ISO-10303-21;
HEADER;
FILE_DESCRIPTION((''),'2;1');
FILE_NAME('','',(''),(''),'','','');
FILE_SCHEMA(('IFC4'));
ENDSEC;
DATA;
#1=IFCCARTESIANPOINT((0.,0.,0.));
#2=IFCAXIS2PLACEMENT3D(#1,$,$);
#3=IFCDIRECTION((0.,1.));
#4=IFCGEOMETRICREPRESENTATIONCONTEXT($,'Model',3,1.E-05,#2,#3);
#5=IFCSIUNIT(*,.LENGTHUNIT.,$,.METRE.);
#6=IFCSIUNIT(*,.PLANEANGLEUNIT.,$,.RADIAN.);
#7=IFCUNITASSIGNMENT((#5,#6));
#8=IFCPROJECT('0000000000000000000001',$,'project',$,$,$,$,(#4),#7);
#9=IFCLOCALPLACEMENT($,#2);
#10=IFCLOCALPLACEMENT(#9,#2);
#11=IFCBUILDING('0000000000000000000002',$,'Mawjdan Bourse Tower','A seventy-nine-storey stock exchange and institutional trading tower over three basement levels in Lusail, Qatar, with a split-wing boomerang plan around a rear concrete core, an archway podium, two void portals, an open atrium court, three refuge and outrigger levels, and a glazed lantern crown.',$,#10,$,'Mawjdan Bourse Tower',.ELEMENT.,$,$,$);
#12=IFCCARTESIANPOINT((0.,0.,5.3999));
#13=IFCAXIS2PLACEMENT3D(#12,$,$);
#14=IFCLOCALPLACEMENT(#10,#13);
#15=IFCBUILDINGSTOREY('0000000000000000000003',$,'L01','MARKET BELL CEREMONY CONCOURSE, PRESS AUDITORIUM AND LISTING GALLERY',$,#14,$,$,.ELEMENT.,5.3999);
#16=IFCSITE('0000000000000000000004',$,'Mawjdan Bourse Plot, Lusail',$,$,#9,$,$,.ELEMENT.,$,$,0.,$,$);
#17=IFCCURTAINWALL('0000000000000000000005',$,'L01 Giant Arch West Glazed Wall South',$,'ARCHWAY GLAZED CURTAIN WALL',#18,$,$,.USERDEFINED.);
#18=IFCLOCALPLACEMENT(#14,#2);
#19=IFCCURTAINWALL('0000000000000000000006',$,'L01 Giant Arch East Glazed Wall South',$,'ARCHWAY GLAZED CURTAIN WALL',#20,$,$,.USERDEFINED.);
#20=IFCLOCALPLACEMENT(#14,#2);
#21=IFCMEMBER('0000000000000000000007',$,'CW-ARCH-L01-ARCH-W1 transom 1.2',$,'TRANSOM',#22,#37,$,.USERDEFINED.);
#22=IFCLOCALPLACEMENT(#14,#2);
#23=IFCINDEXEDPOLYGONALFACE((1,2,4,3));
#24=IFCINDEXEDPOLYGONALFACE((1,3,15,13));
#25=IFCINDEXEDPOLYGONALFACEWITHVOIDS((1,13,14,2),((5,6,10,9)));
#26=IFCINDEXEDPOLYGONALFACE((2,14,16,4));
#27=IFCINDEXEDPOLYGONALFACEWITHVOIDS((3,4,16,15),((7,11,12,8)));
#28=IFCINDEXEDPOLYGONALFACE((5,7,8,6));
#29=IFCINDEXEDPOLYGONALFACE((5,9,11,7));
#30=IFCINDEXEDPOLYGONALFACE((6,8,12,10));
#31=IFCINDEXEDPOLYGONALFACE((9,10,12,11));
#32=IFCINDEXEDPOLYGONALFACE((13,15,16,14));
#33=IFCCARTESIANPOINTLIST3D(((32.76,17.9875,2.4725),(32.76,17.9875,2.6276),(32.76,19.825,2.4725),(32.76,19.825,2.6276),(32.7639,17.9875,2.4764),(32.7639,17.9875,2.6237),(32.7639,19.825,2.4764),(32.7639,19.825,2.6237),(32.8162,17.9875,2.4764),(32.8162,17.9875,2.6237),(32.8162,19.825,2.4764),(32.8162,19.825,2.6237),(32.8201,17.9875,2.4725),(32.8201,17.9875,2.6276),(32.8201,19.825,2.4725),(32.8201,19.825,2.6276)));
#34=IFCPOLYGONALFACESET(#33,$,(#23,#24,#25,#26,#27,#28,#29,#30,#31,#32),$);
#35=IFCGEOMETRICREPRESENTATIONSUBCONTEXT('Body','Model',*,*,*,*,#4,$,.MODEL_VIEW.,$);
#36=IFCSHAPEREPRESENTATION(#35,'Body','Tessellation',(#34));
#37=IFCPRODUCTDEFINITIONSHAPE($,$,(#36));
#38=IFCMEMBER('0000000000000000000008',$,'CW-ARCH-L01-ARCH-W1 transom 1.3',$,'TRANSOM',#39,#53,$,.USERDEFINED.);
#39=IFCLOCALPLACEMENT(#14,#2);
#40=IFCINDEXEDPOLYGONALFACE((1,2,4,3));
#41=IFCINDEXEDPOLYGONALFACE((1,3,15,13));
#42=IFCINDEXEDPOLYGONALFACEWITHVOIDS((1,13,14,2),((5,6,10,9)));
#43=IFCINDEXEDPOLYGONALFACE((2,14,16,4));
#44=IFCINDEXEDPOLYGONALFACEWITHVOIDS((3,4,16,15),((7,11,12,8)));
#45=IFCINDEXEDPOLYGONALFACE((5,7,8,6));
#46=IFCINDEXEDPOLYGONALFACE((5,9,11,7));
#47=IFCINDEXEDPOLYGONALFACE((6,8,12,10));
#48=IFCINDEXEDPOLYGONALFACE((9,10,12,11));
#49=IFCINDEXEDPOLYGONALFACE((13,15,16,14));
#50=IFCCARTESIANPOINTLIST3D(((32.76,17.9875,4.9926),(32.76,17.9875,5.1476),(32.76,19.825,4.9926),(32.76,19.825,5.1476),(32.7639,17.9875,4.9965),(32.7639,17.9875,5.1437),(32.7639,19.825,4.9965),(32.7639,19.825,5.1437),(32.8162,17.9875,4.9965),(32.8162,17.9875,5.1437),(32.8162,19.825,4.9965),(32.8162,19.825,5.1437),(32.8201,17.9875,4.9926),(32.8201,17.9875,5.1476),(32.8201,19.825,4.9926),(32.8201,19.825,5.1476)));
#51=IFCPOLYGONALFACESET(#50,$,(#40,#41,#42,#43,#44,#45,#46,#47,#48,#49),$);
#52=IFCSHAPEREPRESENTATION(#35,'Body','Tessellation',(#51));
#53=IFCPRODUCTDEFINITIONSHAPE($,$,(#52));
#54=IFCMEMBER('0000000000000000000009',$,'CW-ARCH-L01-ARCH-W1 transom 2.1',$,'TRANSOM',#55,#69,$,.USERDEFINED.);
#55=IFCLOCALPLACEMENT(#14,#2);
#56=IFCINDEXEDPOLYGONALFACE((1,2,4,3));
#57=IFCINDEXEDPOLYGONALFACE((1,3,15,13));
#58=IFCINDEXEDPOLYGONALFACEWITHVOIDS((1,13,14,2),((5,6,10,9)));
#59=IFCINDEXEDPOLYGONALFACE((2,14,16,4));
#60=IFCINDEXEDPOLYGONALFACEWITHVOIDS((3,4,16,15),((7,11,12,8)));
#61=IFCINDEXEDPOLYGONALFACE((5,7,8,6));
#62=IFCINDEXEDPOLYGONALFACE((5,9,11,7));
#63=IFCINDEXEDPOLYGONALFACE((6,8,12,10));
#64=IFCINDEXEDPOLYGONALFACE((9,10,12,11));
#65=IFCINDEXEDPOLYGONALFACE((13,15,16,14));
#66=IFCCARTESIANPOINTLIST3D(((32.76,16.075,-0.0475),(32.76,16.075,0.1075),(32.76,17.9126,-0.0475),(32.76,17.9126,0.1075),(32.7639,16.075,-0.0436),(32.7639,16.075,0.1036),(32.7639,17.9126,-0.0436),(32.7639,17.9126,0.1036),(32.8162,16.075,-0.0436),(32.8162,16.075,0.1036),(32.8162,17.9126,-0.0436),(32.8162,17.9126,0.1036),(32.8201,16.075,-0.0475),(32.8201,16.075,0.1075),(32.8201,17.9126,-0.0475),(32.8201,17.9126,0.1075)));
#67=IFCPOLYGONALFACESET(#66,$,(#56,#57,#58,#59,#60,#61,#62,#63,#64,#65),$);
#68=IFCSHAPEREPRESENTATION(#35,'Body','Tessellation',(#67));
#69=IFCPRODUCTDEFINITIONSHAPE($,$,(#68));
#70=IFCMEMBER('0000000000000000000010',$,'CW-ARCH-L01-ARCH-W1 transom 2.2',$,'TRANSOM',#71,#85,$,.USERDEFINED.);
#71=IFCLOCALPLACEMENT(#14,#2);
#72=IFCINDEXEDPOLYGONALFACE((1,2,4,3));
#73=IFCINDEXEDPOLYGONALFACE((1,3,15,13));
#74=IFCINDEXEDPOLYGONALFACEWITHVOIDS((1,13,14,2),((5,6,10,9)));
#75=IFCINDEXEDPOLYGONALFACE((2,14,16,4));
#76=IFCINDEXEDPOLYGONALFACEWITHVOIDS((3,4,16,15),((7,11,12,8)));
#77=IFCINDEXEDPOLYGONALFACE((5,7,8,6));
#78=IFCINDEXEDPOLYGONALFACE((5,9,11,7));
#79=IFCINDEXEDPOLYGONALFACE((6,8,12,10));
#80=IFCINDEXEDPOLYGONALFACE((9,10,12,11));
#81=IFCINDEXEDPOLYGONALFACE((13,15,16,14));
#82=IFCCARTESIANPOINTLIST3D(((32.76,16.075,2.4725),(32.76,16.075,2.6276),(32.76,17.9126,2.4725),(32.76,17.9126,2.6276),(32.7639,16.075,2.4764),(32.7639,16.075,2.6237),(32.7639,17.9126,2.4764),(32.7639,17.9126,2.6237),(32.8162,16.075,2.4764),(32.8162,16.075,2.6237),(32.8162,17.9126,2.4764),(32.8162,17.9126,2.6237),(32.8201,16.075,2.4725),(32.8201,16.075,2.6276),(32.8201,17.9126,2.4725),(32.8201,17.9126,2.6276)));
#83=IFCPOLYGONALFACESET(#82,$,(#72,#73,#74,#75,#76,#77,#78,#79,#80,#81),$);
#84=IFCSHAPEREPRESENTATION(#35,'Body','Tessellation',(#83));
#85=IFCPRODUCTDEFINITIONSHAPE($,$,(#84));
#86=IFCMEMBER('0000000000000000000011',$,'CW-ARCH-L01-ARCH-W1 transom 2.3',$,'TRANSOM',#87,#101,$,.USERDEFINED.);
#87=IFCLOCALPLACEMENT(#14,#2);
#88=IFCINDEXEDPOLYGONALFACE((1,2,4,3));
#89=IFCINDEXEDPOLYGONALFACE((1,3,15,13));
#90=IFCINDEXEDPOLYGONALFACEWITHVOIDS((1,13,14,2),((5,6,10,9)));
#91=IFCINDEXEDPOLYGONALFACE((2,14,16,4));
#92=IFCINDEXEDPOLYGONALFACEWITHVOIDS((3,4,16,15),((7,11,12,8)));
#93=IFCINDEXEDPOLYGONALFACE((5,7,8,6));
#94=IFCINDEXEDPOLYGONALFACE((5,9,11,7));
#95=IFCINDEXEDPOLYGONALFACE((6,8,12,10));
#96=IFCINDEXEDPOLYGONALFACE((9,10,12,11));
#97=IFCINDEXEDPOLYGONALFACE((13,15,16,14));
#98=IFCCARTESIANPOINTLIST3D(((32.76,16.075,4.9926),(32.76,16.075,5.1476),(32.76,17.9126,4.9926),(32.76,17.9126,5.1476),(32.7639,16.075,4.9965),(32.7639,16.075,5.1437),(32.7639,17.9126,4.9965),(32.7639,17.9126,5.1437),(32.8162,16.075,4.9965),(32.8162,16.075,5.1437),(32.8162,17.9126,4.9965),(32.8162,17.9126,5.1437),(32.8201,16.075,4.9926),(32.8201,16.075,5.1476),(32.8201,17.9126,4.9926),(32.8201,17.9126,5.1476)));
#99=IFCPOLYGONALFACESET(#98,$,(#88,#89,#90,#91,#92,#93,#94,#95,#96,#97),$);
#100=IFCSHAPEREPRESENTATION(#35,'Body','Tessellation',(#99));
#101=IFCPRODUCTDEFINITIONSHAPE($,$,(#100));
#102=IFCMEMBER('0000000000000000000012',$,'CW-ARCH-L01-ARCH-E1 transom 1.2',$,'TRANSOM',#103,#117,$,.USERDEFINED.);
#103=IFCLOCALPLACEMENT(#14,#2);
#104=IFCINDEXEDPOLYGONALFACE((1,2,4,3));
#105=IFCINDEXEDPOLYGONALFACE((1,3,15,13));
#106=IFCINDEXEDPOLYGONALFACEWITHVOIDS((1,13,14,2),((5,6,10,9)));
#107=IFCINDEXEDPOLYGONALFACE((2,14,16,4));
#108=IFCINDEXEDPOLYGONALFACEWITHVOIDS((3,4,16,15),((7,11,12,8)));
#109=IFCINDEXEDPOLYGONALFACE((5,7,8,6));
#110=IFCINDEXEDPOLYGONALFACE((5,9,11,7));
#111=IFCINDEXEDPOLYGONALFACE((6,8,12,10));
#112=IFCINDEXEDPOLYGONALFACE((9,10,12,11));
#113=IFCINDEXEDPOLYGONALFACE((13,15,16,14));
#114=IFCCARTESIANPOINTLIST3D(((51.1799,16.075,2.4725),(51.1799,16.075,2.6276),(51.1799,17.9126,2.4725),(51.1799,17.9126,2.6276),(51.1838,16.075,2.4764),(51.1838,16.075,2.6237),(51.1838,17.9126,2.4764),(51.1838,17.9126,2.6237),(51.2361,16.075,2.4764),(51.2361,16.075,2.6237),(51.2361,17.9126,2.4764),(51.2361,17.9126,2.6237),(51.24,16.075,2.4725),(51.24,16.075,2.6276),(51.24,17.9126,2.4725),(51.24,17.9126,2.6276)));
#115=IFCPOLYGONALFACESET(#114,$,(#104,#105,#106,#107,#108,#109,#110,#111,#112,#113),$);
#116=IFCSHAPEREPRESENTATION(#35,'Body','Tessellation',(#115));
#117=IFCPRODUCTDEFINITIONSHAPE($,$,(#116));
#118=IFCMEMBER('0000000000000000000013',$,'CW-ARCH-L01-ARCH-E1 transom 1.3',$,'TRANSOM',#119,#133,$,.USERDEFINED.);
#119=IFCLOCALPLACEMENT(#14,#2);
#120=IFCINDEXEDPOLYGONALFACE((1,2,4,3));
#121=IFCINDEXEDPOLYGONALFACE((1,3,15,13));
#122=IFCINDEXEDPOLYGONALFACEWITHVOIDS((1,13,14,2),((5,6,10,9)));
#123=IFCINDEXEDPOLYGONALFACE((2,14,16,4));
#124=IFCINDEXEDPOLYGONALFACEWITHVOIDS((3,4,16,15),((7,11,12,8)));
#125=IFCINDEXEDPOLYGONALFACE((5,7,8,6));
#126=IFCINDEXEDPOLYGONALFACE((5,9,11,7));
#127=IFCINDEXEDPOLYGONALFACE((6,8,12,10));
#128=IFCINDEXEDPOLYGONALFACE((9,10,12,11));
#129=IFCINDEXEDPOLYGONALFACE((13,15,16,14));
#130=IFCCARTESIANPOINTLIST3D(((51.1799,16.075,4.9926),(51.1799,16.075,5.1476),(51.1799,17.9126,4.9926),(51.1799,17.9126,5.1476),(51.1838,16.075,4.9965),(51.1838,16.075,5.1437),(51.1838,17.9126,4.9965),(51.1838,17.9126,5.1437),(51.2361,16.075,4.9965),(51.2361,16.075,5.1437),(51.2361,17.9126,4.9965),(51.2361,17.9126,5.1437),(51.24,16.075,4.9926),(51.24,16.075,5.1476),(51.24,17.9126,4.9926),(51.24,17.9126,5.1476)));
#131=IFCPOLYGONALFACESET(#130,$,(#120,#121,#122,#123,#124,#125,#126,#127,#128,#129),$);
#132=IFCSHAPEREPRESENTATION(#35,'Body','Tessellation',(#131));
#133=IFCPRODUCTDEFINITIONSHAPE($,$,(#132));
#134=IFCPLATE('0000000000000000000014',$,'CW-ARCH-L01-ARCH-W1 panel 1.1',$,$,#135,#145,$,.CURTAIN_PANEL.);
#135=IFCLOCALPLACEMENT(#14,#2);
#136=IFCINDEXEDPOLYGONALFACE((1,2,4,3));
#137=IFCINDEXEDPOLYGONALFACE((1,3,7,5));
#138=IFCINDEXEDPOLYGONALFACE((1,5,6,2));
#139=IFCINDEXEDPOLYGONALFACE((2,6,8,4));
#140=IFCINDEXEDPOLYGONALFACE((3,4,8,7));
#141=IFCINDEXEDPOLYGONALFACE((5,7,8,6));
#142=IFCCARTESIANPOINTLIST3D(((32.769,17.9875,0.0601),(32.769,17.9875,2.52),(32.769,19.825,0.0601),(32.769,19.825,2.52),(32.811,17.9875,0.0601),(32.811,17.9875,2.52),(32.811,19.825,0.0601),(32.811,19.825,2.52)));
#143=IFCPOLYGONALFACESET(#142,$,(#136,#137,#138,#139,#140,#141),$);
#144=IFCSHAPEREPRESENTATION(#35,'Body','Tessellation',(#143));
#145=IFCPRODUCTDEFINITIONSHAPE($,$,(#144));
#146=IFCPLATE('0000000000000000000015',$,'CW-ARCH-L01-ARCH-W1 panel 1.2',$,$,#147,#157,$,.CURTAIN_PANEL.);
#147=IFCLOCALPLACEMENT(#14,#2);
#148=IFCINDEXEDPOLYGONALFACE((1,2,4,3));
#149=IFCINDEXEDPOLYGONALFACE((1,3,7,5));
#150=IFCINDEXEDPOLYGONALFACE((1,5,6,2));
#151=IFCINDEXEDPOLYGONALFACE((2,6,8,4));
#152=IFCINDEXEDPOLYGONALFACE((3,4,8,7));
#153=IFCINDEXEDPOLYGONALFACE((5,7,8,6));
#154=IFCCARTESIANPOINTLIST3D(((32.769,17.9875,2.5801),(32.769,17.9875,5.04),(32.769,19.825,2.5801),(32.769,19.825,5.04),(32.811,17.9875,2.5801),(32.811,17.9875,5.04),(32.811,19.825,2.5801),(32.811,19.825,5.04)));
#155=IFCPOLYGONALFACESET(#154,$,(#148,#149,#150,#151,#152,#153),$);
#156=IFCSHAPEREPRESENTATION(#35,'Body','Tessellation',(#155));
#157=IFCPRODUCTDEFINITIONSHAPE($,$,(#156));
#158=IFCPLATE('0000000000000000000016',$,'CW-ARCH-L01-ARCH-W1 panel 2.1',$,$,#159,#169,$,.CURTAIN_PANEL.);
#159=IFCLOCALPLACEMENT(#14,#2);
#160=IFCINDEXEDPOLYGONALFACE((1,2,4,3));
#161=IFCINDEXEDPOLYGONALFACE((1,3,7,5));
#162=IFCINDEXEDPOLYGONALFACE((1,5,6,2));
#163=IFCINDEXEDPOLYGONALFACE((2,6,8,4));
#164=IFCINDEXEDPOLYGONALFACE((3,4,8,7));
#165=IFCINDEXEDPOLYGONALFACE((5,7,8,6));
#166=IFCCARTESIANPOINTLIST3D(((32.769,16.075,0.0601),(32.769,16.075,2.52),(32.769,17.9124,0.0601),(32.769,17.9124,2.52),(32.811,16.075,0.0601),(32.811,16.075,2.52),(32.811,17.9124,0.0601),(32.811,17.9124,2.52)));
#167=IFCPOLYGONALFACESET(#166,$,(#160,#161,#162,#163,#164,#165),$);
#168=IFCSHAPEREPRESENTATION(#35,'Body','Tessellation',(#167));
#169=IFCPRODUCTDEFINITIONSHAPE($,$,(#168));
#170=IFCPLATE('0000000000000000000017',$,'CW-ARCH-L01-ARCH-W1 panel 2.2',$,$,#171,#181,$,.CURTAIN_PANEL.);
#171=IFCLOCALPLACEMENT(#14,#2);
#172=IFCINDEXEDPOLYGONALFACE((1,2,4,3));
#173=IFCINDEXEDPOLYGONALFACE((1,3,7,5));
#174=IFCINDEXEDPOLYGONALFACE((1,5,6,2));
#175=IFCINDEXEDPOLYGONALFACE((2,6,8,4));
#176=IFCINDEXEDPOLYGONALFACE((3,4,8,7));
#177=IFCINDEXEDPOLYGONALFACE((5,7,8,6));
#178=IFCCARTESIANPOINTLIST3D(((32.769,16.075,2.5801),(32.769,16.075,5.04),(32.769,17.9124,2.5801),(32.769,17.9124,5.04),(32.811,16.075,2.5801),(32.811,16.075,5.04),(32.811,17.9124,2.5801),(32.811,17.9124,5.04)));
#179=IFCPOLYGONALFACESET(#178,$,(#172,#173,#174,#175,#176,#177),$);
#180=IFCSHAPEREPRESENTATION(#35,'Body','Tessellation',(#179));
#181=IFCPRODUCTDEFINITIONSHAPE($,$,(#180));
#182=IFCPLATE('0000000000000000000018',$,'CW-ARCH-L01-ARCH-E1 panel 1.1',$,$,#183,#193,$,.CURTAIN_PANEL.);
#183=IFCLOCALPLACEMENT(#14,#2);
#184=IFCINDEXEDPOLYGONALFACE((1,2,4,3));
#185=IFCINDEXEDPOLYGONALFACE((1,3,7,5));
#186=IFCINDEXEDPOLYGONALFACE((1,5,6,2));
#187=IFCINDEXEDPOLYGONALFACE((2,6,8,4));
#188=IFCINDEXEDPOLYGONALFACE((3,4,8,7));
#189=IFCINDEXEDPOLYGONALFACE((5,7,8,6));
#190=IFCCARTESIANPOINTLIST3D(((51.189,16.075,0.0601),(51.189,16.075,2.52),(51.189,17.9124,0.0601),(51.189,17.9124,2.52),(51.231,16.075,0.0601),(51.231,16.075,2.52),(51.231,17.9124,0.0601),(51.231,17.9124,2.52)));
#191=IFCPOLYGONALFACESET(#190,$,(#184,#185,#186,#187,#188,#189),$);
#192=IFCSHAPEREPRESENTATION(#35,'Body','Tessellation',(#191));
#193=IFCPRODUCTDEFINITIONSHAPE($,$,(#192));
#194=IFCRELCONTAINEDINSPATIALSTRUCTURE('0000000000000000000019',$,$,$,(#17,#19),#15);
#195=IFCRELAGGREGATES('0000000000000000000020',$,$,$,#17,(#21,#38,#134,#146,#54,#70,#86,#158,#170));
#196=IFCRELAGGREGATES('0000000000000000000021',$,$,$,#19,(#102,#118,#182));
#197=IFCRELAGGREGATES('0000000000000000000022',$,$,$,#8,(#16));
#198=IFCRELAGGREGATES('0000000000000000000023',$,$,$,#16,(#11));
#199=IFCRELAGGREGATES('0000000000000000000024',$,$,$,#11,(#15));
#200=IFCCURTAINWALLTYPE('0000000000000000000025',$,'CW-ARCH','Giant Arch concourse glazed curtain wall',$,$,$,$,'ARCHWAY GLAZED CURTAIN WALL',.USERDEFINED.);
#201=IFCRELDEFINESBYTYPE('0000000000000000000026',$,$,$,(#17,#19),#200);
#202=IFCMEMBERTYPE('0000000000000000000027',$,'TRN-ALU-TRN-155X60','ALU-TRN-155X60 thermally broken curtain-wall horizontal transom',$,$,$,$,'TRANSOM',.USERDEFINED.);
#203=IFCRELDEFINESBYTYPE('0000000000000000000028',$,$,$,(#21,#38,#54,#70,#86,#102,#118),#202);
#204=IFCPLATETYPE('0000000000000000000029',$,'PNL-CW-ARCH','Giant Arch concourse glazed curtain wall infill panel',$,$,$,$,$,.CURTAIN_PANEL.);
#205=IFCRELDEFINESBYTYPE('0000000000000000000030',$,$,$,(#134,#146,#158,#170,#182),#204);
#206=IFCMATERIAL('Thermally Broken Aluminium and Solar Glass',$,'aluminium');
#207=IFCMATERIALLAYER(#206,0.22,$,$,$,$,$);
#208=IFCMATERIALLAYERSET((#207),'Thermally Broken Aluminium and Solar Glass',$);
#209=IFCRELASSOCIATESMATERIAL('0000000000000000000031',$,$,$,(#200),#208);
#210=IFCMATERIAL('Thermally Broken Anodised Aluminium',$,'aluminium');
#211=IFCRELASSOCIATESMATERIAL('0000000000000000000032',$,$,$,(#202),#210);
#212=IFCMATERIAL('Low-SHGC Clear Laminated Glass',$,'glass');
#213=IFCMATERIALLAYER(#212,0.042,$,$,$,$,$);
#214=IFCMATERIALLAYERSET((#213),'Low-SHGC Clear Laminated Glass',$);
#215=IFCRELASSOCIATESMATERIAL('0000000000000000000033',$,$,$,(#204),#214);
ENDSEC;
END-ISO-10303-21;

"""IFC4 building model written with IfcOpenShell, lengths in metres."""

from ifc_helpers import new_model, si_unit, direction, frame, origin, origin_2d, place, context, subcontext, project, spatial, rectangle, hollow_rectangle, extrude, material, layer, layer_set, material_profile, profile_set, type_object, element, aggregate, save


model = new_model("IFC4")

# Units and contexts
model_context = context("Model", 3, precision=1e-05, world=origin(), true_north=direction((0.0, 1.0)))
body_context = subcontext(model_context, "Body", "Model", "MODEL_VIEW")
ifc_project = project(units=[si_unit("LENGTHUNIT", "METRE"), si_unit("PLANEANGLEUNIT", "RADIAN")], contexts=[model_context])

# Site, building, storey
site_placement = place(None, origin())
site = spatial("IfcSite", under=ifc_project, at=site_placement, Name="Mawjdan Bourse Plot, Lusail", CompositionType="ELEMENT", RefElevation=0.0)
building_placement = place(site_placement, origin())
building = spatial("IfcBuilding", under=site, at=building_placement, Name="Mawjdan Bourse Tower", Description="A seventy-nine-storey stock exchange and institutional trading tower over three basement levels in Lusail, Qatar, with a split-wing boomerang plan around a rear concrete core, an archway podium, two void portals, an open atrium court, three refuge and outrigger levels, and a glazed lantern crown.", LongName="Mawjdan Bourse Tower", CompositionType="ELEMENT")
storey_placement = place(building_placement, frame((0.0, 0.0, 5.3999)))
storey = spatial("IfcBuildingStorey", under=building, at=storey_placement, Name="L01", Description="MARKET BELL CEREMONY CONCOURSE, PRESS AUDITORIUM AND LISTING GALLERY", CompositionType="ELEMENT", Elevation=5.3999)

# Curtain wall
ifc_material_1 = material(Name="Thermally Broken Aluminium and Solar Glass", Category="aluminium")
ifc_layer_1 = layer(ifc_material_1, 0.22)
ifc_layer_set_1 = layer_set([ifc_layer_1], Name="Thermally Broken Aluminium and Solar Glass")
curtain_wall_type = type_object("IfcCurtainWallType", Name="CW-ARCH", Description="Giant Arch concourse glazed curtain wall", ElementType="ARCHWAY GLAZED CURTAIN WALL", PredefinedType="USERDEFINED", material=ifc_layer_set_1)
curtain_wall_1_placement = place(storey_placement, origin())
curtain_wall_1 = element("IfcCurtainWall", 1, at=curtain_wall_1_placement, inside=storey, type_object=curtain_wall_type, Name="L01 Giant Arch West Glazed Wall South", ObjectType="ARCHWAY GLAZED CURTAIN WALL", PredefinedType="USERDEFINED")
ifc_material_2 = material(Name="Thermally Broken Anodised Aluminium", Category="aluminium")

# Curtain wall
curtain_wall_2_placement = place(storey_placement, origin())
curtain_wall_2 = element("IfcCurtainWall", 2, at=curtain_wall_2_placement, inside=storey, type_object=curtain_wall_type, Name="L01 Giant Arch East Glazed Wall South", ObjectType="ARCHWAY GLAZED CURTAIN WALL", PredefinedType="USERDEFINED")

# Members
ifc_material_profile_1 = material_profile(ifc_material_2, hollow_rectangle(XDim=0.0601, YDim=0.155, WallThickness=0.0039, at=origin_2d()), Name="ALU-TRN-155X60")
ifc_profile_set_1 = profile_set([ifc_material_profile_1], Name="Thermally Broken Anodised Aluminium")
member_type_1 = type_object("IfcMemberType", Name="TRN-ALU-TRN-155X60", Description="ALU-TRN-155X60 thermally broken curtain-wall horizontal transom", ElementType="TRANSOM", PredefinedType="USERDEFINED", material=ifc_profile_set_1)
member_1_placement = place(storey_placement, frame((32.79, 19.825, 2.55), z_axis=(0.0, -1.0, 0.0), x_axis=(1.0, 0.0, 0.0)))
member_1 = element("IfcMember", 3, at=member_1_placement, type_object=member_type_1, Name="CW-ARCH-L01-ARCH-W1 transom 1.2", ObjectType="TRANSOM", PredefinedType="USERDEFINED", context=body_context, shape_type="SweptSolid", body=[
    extrude(hollow_rectangle(XDim=0.0601, YDim=0.155, WallThickness=0.0039, at=origin_2d()), origin(), (0.0, 0.0, 1.0), 1.8374),
])
member_2_placement = place(storey_placement, frame((32.79, 19.825, 5.0701), z_axis=(0.0, -1.0, 0.0), x_axis=(1.0, 0.0, 0.0)))
member_2 = element("IfcMember", 4, at=member_2_placement, type_object=member_type_1, Name="CW-ARCH-L01-ARCH-W1 transom 1.3", ObjectType="TRANSOM", PredefinedType="USERDEFINED", context=body_context, shape_type="SweptSolid", body=[
    extrude(hollow_rectangle(XDim=0.0601, YDim=0.155, WallThickness=0.0039, at=origin_2d()), origin(), (0.0, 0.0, 1.0), 1.8374),
])
member_3_placement = place(storey_placement, frame((32.79, 17.9126, 0.03), z_axis=(0.0, -1.0, 0.0), x_axis=(1.0, 0.0, 0.0)))
member_3 = element("IfcMember", 5, at=member_3_placement, type_object=member_type_1, Name="CW-ARCH-L01-ARCH-W1 transom 2.1", ObjectType="TRANSOM", PredefinedType="USERDEFINED", context=body_context, shape_type="SweptSolid", body=[
    extrude(hollow_rectangle(XDim=0.0601, YDim=0.155, WallThickness=0.0039, at=origin_2d()), origin(), (0.0, 0.0, 1.0), 1.8376),
])
member_4_placement = place(storey_placement, frame((32.79, 17.9126, 2.55), z_axis=(0.0, -1.0, 0.0), x_axis=(1.0, 0.0, 0.0)))
member_4 = element("IfcMember", 6, at=member_4_placement, type_object=member_type_1, Name="CW-ARCH-L01-ARCH-W1 transom 2.2", ObjectType="TRANSOM", PredefinedType="USERDEFINED", context=body_context, shape_type="SweptSolid", body=[
    extrude(hollow_rectangle(XDim=0.0601, YDim=0.155, WallThickness=0.0039, at=origin_2d()), origin(), (0.0, 0.0, 1.0), 1.8376),
])
member_5_placement = place(storey_placement, frame((32.79, 17.9126, 5.0701), z_axis=(0.0, -1.0, 0.0), x_axis=(1.0, 0.0, 0.0)))
member_5 = element("IfcMember", 7, at=member_5_placement, type_object=member_type_1, Name="CW-ARCH-L01-ARCH-W1 transom 2.3", ObjectType="TRANSOM", PredefinedType="USERDEFINED", context=body_context, shape_type="SweptSolid", body=[
    extrude(hollow_rectangle(XDim=0.0601, YDim=0.155, WallThickness=0.0039, at=origin_2d()), origin(), (0.0, 0.0, 1.0), 1.8376),
])
member_6_placement = place(storey_placement, frame((51.21, 16.075, 2.55), z_axis=(0.0, 1.0, 0.0), x_axis=(-1.0, 0.0, 0.0)))
member_6 = element("IfcMember", 8, at=member_6_placement, type_object=member_type_1, Name="CW-ARCH-L01-ARCH-E1 transom 1.2", ObjectType="TRANSOM", PredefinedType="USERDEFINED", context=body_context, shape_type="SweptSolid", body=[
    extrude(hollow_rectangle(XDim=0.0601, YDim=0.155, WallThickness=0.0039, at=origin_2d()), origin(), (0.0, 0.0, 1.0), 1.8376),
])
member_7_placement = place(storey_placement, frame((51.21, 16.075, 5.0701), z_axis=(0.0, 1.0, 0.0), x_axis=(-1.0, 0.0, 0.0)))
member_7 = element("IfcMember", 9, at=member_7_placement, type_object=member_type_1, Name="CW-ARCH-L01-ARCH-E1 transom 1.3", ObjectType="TRANSOM", PredefinedType="USERDEFINED", context=body_context, shape_type="SweptSolid", body=[
    extrude(hollow_rectangle(XDim=0.0601, YDim=0.155, WallThickness=0.0039, at=origin_2d()), origin(), (0.0, 0.0, 1.0), 1.8376),
])

# Plates
ifc_material_3 = material(Name="Low-SHGC Clear Laminated Glass", Category="glass")
ifc_layer_2 = layer(ifc_material_3, 0.042)
ifc_layer_set_2 = layer_set([ifc_layer_2], Name="Low-SHGC Clear Laminated Glass")
plate_type = type_object("IfcPlateType", Name="PNL-CW-ARCH", Description="Giant Arch concourse glazed curtain wall infill panel", PredefinedType="CURTAIN_PANEL", material=ifc_layer_set_2)
plate_1_placement = place(storey_placement, frame((32.79, 18.9062, 0.0601), z_axis=(0.0, 0.0, 1.0), x_axis=(0.0, -1.0, 0.0)))
plate_1 = element("IfcPlate", 10, at=plate_1_placement, type_object=plate_type, Name="CW-ARCH-L01-ARCH-W1 panel 1.1", PredefinedType="CURTAIN_PANEL", context=body_context, shape_type="SweptSolid", body=[
    extrude(rectangle(XDim=1.8374, YDim=0.042, at=origin_2d()), origin(), (0.0, 0.0, 1.0), 2.46),
])
plate_2_placement = place(storey_placement, frame((32.79, 18.9062, 2.5801), z_axis=(0.0, 0.0, 1.0), x_axis=(0.0, -1.0, 0.0)))
plate_2 = element("IfcPlate", 11, at=plate_2_placement, type_object=plate_type, Name="CW-ARCH-L01-ARCH-W1 panel 1.2", PredefinedType="CURTAIN_PANEL", context=body_context, shape_type="SweptSolid", body=[
    extrude(rectangle(XDim=1.8374, YDim=0.042, at=origin_2d()), origin(), (0.0, 0.0, 1.0), 2.46),
])
plate_3_placement = place(storey_placement, frame((32.79, 16.9937, 0.0601), z_axis=(0.0, 0.0, 1.0), x_axis=(0.0, -1.0, 0.0)))
plate_3 = element("IfcPlate", 12, at=plate_3_placement, type_object=plate_type, Name="CW-ARCH-L01-ARCH-W1 panel 2.1", PredefinedType="CURTAIN_PANEL", context=body_context, shape_type="SweptSolid", body=[
    extrude(rectangle(XDim=1.8374, YDim=0.042, at=origin_2d()), origin(), (0.0, 0.0, 1.0), 2.46),
])
plate_4_placement = place(storey_placement, frame((32.79, 16.9937, 2.5801), z_axis=(0.0, 0.0, 1.0), x_axis=(0.0, -1.0, 0.0)))
plate_4 = element("IfcPlate", 13, at=plate_4_placement, type_object=plate_type, Name="CW-ARCH-L01-ARCH-W1 panel 2.2", PredefinedType="CURTAIN_PANEL", context=body_context, shape_type="SweptSolid", body=[
    extrude(rectangle(XDim=1.8374, YDim=0.042, at=origin_2d()), origin(), (0.0, 0.0, 1.0), 2.46),
])
aggregate(curtain_wall_1, [member_1, member_2, plate_1, plate_2, member_3, member_4, member_5, plate_3, plate_4])
plate_5_placement = place(storey_placement, frame((51.21, 16.9937, 0.0601), z_axis=(0.0, 0.0, 1.0), x_axis=(0.0, 1.0, 0.0)))
plate_5 = element("IfcPlate", 14, at=plate_5_placement, type_object=plate_type, Name="CW-ARCH-L01-ARCH-E1 panel 1.1", PredefinedType="CURTAIN_PANEL", context=body_context, shape_type="SweptSolid", body=[
    extrude(rectangle(XDim=1.8374, YDim=0.042, at=origin_2d()), origin(), (0.0, 0.0, 1.0), 2.46),
])
aggregate(curtain_wall_2, [member_6, member_7, plate_5])

save(model, "model.ifc")
